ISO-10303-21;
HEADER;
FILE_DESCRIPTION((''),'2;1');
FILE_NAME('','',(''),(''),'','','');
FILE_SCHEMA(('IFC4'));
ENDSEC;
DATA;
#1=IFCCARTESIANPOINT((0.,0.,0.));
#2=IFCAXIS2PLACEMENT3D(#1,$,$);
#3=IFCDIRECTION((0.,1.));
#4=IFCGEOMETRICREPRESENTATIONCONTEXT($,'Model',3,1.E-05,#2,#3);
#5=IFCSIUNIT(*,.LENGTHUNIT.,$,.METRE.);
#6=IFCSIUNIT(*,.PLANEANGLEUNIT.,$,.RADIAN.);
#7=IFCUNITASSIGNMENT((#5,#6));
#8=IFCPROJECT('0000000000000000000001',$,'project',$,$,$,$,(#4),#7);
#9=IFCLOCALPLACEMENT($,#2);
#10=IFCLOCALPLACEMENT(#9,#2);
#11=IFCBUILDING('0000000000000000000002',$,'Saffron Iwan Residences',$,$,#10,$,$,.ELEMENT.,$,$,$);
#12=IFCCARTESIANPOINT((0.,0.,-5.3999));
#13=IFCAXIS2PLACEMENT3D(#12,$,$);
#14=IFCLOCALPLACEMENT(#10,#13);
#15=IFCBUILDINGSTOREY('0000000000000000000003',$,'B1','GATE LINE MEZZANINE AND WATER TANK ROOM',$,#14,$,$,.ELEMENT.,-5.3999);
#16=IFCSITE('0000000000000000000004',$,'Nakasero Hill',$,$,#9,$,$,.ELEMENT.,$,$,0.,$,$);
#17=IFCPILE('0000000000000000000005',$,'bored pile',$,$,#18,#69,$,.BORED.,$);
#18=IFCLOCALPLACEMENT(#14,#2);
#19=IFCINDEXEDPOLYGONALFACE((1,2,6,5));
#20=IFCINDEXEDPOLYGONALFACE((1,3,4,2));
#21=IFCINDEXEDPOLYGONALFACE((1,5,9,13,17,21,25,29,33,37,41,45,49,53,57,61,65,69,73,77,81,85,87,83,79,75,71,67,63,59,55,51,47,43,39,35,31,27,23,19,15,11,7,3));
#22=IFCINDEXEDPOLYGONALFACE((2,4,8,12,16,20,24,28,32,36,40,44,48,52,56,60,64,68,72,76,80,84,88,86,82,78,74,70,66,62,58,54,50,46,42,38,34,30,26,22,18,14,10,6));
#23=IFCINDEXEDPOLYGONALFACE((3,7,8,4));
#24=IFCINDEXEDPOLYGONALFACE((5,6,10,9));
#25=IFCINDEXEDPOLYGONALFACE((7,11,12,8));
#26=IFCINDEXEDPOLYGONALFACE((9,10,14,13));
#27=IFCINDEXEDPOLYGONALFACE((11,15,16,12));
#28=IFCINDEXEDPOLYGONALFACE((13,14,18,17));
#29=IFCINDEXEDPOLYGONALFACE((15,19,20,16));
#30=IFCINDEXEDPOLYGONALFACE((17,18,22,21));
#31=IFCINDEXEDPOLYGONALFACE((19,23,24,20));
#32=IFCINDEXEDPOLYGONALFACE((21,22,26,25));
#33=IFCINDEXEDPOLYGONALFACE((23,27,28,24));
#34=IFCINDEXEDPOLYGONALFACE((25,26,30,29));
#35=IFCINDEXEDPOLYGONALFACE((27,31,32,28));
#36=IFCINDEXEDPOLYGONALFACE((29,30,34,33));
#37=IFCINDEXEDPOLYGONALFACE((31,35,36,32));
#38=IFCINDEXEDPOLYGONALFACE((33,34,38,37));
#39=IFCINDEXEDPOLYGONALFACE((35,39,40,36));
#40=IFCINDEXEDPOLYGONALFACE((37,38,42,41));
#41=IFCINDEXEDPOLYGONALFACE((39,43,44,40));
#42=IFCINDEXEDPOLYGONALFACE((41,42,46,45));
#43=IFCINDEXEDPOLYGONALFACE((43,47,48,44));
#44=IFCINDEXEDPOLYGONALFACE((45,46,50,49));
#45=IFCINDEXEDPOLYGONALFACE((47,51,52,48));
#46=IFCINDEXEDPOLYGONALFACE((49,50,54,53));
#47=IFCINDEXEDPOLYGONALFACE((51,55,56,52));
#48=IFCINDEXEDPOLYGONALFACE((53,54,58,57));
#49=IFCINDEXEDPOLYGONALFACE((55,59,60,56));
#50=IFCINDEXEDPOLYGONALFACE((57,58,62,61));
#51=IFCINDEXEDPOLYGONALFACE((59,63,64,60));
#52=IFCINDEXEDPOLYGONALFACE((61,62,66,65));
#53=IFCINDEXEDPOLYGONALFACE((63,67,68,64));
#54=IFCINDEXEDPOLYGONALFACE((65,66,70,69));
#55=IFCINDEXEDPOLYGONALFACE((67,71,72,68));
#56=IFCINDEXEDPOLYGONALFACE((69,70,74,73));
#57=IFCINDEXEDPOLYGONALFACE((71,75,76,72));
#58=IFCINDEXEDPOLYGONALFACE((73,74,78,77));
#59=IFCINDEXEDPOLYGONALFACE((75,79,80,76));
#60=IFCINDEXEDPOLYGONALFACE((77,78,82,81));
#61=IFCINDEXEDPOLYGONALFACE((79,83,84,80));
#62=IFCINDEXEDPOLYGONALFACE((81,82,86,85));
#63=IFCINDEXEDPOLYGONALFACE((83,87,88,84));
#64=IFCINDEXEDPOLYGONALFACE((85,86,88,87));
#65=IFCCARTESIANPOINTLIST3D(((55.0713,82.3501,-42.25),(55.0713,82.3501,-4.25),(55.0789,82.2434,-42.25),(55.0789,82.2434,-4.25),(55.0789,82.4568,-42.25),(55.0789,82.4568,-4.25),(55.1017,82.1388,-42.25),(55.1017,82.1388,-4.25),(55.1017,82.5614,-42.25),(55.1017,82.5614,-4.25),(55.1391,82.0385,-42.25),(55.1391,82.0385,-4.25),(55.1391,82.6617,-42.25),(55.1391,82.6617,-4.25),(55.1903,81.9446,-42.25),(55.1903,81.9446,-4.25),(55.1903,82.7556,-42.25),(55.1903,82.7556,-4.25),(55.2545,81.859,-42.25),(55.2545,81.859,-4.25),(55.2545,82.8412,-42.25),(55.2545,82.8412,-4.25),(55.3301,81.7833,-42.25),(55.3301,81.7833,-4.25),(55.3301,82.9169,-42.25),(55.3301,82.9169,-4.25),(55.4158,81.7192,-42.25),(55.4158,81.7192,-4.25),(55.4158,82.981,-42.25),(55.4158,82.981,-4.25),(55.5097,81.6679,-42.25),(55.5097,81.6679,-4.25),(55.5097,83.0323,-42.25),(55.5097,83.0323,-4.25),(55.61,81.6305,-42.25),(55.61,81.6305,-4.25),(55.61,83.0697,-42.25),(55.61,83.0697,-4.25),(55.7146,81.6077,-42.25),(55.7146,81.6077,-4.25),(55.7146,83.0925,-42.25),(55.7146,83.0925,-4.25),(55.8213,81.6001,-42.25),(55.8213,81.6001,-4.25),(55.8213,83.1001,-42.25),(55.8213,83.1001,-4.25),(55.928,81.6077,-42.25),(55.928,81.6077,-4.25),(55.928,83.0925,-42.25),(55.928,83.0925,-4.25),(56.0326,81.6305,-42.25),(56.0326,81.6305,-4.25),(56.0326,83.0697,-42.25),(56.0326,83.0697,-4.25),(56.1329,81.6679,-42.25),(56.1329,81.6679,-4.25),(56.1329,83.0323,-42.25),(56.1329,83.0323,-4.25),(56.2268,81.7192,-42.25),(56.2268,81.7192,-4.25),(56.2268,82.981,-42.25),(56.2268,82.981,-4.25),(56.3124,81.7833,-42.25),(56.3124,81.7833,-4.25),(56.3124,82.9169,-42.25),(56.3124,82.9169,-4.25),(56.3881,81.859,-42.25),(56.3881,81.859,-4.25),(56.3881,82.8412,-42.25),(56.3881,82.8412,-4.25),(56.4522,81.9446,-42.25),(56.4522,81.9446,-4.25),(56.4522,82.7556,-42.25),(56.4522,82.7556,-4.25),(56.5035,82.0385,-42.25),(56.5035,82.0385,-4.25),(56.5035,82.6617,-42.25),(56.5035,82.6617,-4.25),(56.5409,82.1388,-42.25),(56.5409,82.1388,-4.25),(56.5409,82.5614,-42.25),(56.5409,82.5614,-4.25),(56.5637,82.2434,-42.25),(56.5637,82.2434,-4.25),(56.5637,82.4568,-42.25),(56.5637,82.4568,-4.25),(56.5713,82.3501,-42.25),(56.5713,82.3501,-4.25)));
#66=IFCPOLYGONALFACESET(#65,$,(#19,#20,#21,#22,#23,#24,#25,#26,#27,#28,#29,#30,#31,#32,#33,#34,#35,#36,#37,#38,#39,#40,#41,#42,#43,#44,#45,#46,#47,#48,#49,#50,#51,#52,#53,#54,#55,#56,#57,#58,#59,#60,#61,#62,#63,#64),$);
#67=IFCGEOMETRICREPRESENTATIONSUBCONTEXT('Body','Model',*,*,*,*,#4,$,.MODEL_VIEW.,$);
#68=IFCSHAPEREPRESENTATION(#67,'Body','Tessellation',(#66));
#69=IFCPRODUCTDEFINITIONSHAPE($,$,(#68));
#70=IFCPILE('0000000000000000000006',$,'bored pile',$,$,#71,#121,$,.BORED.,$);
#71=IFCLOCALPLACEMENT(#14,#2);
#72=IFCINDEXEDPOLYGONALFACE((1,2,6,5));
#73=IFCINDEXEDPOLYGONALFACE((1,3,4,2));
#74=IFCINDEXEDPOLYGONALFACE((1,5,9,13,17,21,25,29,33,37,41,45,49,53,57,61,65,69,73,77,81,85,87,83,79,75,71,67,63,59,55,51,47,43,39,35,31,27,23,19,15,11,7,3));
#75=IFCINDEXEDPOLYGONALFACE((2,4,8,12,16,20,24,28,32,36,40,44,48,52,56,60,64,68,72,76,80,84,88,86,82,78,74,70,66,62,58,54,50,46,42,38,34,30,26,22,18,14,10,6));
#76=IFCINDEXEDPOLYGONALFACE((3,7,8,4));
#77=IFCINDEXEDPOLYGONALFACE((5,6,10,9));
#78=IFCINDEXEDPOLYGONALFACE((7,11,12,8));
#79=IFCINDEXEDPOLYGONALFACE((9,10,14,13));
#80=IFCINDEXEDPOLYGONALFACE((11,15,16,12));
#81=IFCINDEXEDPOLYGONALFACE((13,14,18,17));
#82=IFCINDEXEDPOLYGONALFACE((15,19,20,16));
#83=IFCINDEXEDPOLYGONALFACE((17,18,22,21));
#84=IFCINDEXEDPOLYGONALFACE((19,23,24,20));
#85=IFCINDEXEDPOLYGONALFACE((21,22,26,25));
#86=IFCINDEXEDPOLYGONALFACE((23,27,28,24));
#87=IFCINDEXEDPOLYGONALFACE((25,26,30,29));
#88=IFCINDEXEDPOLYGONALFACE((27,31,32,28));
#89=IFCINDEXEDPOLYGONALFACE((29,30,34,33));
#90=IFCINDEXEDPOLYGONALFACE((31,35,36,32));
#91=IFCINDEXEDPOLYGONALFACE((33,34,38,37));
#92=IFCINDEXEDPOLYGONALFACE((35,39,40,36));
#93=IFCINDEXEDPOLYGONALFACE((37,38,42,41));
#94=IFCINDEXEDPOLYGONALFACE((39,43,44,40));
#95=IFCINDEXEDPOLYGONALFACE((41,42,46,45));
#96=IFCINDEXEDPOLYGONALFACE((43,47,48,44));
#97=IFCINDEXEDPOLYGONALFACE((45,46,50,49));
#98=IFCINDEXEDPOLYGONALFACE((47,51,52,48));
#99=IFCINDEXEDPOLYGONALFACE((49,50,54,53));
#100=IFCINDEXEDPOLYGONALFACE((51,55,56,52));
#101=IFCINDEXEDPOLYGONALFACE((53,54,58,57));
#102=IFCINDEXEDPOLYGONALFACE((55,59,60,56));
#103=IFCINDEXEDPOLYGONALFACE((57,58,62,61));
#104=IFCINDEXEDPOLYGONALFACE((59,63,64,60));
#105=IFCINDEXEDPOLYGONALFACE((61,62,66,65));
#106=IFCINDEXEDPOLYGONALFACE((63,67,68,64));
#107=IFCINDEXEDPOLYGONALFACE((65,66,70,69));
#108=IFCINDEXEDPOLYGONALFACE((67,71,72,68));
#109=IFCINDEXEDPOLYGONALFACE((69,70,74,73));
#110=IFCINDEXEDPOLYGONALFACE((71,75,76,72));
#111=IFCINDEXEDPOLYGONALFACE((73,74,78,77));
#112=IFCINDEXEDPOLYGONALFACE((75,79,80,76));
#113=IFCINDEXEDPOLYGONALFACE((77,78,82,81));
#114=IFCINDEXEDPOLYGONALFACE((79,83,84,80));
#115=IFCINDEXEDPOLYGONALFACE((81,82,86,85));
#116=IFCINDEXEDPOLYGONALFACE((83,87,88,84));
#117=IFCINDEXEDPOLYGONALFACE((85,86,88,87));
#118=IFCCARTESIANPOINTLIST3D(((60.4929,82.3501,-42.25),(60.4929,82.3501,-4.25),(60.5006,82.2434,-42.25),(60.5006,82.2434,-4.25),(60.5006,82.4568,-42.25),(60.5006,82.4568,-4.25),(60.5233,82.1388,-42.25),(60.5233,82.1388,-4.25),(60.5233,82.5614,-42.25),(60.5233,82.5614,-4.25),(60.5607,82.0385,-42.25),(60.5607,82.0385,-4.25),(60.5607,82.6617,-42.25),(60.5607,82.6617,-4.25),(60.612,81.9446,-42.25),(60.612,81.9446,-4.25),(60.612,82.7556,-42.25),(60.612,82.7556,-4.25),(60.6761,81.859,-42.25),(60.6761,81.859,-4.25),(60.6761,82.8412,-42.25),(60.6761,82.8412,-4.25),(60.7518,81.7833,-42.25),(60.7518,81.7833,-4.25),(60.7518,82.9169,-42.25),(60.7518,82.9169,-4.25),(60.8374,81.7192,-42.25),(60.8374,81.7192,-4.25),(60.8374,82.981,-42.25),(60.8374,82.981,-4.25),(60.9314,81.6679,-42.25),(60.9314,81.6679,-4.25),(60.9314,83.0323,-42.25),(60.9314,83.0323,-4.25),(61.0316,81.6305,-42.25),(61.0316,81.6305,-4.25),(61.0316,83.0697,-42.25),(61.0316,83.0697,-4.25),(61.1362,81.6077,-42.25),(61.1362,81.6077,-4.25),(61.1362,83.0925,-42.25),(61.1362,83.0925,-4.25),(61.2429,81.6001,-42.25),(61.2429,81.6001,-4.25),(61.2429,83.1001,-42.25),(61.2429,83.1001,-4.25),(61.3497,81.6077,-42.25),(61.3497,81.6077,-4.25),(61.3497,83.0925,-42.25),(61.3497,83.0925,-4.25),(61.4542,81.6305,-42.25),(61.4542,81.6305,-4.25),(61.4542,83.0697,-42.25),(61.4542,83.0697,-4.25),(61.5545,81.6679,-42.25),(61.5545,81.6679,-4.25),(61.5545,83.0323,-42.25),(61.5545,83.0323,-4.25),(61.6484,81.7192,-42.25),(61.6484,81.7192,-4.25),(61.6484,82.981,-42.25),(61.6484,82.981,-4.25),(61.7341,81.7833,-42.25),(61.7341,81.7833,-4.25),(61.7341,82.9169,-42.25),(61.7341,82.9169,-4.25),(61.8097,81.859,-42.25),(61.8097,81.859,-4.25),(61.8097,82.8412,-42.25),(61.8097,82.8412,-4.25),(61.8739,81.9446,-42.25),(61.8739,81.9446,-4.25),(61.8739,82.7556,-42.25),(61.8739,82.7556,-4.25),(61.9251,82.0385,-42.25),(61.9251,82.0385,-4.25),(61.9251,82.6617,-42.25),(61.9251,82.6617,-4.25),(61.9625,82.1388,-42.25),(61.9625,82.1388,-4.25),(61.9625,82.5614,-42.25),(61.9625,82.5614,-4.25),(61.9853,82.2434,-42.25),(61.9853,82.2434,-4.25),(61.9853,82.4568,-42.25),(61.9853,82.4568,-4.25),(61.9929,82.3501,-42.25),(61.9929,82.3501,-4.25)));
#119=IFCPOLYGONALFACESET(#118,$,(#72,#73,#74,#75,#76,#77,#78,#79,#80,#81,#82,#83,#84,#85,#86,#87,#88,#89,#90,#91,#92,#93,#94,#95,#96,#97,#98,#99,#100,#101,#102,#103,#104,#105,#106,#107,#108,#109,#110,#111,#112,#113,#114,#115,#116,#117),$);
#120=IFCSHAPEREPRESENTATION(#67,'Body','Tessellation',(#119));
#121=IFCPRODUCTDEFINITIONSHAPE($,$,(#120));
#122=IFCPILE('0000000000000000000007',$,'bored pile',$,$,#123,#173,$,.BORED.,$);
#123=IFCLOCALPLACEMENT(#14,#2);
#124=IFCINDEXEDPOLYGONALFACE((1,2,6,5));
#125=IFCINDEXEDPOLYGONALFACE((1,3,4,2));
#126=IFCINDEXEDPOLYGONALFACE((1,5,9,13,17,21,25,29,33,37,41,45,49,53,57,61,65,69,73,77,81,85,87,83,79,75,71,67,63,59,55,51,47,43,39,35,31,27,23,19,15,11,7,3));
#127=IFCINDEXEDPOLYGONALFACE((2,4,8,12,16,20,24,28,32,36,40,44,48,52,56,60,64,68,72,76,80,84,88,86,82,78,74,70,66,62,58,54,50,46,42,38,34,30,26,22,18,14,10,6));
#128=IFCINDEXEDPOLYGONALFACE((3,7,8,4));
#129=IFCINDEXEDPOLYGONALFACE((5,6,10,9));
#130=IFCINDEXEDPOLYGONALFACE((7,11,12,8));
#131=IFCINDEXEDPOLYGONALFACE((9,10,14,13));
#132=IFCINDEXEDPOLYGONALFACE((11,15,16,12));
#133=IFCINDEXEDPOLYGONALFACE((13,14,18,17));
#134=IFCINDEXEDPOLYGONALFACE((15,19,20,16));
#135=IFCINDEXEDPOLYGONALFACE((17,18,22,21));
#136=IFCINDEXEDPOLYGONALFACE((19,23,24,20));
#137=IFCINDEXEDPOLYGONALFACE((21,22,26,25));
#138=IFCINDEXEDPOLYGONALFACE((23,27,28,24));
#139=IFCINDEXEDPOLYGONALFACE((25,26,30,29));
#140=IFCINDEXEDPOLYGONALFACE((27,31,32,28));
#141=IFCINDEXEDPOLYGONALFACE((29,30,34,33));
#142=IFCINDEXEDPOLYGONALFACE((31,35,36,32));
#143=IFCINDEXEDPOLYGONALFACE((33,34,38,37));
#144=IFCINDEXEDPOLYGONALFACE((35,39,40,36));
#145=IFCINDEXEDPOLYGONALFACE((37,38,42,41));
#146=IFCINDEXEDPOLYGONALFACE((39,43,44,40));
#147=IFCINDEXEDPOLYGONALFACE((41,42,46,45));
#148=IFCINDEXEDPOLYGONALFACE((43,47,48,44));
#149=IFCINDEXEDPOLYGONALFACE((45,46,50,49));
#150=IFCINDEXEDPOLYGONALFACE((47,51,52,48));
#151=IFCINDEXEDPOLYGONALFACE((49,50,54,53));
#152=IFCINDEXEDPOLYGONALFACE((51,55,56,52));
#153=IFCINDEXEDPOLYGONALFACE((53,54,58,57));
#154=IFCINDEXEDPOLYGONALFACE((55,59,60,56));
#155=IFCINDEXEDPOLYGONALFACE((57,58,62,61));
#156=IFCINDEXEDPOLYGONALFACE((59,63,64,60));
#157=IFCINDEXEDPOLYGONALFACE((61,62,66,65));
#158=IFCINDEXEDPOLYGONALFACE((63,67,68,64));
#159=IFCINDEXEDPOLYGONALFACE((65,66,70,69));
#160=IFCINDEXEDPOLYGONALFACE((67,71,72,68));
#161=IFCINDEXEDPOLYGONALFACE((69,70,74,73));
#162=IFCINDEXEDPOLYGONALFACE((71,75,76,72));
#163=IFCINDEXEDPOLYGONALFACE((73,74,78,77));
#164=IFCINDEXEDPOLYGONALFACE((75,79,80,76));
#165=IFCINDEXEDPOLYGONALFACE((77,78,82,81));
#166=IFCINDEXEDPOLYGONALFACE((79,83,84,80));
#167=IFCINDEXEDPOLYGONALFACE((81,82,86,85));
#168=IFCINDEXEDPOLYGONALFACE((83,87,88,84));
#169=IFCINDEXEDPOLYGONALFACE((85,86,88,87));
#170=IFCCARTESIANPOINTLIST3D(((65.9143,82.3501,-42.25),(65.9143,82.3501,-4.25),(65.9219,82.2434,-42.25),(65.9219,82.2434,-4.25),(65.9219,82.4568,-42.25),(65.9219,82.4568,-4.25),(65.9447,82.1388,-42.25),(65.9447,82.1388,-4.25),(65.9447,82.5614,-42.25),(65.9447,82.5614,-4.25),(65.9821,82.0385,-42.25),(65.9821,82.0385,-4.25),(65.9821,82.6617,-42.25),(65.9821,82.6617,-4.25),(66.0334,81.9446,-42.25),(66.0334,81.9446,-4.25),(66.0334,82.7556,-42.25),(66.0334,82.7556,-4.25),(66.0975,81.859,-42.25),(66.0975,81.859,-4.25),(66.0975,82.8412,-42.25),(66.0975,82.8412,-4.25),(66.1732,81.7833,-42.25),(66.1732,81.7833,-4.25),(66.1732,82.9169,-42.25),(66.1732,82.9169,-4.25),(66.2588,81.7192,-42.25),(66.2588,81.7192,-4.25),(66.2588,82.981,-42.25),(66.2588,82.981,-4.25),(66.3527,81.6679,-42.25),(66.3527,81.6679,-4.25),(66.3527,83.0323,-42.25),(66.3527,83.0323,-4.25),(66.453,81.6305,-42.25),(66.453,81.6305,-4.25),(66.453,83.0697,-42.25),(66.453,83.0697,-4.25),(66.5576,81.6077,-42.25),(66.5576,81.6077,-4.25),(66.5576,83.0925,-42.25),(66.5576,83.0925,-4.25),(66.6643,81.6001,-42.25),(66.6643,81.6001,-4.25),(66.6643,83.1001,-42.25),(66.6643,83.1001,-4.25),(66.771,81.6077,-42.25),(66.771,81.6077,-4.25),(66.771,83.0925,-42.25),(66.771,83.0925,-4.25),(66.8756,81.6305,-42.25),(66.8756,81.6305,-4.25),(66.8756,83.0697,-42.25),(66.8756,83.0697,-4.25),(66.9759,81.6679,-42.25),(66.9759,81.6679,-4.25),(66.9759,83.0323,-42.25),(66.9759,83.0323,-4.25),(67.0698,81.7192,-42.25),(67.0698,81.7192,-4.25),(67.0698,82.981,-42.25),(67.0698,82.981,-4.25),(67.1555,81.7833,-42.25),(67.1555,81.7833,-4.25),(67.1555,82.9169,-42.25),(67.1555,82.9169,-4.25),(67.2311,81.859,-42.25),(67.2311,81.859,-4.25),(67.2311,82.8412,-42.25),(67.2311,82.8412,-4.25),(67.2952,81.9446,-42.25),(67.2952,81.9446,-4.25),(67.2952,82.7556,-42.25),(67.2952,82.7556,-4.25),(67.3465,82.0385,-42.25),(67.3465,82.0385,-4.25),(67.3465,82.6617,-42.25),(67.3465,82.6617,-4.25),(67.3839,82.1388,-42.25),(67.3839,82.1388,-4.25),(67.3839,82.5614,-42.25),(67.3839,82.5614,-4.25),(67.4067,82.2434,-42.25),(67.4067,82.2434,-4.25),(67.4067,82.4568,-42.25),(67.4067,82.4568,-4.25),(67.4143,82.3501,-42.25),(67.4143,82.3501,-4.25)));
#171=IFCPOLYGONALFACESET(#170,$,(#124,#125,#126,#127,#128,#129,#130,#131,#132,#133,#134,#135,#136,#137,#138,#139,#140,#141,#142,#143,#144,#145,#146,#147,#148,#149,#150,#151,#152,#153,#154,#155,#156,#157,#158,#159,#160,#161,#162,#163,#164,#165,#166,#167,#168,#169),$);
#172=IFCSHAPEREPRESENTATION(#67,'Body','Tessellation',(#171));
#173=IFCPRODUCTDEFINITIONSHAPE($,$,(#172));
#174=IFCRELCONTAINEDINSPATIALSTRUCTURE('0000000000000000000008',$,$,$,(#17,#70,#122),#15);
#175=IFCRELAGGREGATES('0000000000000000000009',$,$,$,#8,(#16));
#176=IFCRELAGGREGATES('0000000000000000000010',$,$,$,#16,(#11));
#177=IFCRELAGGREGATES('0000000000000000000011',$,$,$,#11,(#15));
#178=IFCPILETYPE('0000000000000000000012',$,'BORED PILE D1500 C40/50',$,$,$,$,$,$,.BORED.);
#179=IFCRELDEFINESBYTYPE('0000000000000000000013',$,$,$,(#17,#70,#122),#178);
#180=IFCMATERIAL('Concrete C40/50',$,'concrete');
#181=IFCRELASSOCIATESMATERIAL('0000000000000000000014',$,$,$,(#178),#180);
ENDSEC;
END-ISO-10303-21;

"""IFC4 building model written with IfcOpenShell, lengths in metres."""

from ifc_helpers import new_model, si_unit, direction, frame, origin, origin_2d, place, context, subcontext, project, spatial, circle, extrude, material, material_profile, profile_set, type_object, element, save


model = new_model("IFC4")

# Units and contexts
model_context = context("Model", 3, precision=1e-05, world=origin(), true_north=direction((0.0, 1.0)))
body_context = subcontext(model_context, "Body", "Model", "MODEL_VIEW")
ifc_project = project(units=[si_unit("LENGTHUNIT", "METRE"), si_unit("PLANEANGLEUNIT", "RADIAN")], contexts=[model_context])

# Site, building, storey
site_placement = place(None, origin())
site = spatial("IfcSite", under=ifc_project, at=site_placement, Name="Nakasero Hill", CompositionType="ELEMENT", RefElevation=0.0)
building_placement = place(site_placement, origin())
building = spatial("IfcBuilding", under=site, at=building_placement, Name="Saffron Iwan Residences", CompositionType="ELEMENT")
storey_placement = place(building_placement, frame((0.0, 0.0, -5.3999)))
storey = spatial("IfcBuildingStorey", under=building, at=storey_placement, Name="B1", Description="GATE LINE MEZZANINE AND WATER TANK ROOM", CompositionType="ELEMENT", Elevation=-5.3999)

# Piles
ifc_material_1 = material(Name="Concrete C40/50", Category="concrete")
ifc_material_profile_1 = material_profile(ifc_material_1, circle(Radius=0.75, at=origin_2d()), Name="RC D1500")
ifc_profile_set_1 = profile_set([ifc_material_profile_1], Name="Concrete C40/50")
pile_type = type_object("IfcPileType", Name="BORED PILE D1500 C40/50", PredefinedType="BORED", material=ifc_profile_set_1)
for number, where, z_axis, x_axis, name in (
    (1, (55.8213, 82.3501, -4.25), (0.0, 0.0, -1.0), (1.0, 0.0, 0.0), "bored pile"),
    (2, (61.2429, 82.3501, -4.25), (0.0, 0.0, -1.0), (1.0, 0.0, 0.0), "bored pile"),
    (3, (66.6643, 82.3501, -4.25), (0.0, 0.0, -1.0), (1.0, 0.0, 0.0), "bored pile"),
):
    element("IfcPile", number, at=place(storey_placement, frame(where, z_axis=z_axis, x_axis=x_axis)), inside=storey, type_object=pile_type, Name=name, PredefinedType="BORED", context=body_context, shape_type="SweptSolid", body=[
        extrude(circle(Radius=0.75, at=origin_2d()), origin(), (0.0, 0.0, 1.0), 38.0),
    ])

save(model, "model.ifc")
